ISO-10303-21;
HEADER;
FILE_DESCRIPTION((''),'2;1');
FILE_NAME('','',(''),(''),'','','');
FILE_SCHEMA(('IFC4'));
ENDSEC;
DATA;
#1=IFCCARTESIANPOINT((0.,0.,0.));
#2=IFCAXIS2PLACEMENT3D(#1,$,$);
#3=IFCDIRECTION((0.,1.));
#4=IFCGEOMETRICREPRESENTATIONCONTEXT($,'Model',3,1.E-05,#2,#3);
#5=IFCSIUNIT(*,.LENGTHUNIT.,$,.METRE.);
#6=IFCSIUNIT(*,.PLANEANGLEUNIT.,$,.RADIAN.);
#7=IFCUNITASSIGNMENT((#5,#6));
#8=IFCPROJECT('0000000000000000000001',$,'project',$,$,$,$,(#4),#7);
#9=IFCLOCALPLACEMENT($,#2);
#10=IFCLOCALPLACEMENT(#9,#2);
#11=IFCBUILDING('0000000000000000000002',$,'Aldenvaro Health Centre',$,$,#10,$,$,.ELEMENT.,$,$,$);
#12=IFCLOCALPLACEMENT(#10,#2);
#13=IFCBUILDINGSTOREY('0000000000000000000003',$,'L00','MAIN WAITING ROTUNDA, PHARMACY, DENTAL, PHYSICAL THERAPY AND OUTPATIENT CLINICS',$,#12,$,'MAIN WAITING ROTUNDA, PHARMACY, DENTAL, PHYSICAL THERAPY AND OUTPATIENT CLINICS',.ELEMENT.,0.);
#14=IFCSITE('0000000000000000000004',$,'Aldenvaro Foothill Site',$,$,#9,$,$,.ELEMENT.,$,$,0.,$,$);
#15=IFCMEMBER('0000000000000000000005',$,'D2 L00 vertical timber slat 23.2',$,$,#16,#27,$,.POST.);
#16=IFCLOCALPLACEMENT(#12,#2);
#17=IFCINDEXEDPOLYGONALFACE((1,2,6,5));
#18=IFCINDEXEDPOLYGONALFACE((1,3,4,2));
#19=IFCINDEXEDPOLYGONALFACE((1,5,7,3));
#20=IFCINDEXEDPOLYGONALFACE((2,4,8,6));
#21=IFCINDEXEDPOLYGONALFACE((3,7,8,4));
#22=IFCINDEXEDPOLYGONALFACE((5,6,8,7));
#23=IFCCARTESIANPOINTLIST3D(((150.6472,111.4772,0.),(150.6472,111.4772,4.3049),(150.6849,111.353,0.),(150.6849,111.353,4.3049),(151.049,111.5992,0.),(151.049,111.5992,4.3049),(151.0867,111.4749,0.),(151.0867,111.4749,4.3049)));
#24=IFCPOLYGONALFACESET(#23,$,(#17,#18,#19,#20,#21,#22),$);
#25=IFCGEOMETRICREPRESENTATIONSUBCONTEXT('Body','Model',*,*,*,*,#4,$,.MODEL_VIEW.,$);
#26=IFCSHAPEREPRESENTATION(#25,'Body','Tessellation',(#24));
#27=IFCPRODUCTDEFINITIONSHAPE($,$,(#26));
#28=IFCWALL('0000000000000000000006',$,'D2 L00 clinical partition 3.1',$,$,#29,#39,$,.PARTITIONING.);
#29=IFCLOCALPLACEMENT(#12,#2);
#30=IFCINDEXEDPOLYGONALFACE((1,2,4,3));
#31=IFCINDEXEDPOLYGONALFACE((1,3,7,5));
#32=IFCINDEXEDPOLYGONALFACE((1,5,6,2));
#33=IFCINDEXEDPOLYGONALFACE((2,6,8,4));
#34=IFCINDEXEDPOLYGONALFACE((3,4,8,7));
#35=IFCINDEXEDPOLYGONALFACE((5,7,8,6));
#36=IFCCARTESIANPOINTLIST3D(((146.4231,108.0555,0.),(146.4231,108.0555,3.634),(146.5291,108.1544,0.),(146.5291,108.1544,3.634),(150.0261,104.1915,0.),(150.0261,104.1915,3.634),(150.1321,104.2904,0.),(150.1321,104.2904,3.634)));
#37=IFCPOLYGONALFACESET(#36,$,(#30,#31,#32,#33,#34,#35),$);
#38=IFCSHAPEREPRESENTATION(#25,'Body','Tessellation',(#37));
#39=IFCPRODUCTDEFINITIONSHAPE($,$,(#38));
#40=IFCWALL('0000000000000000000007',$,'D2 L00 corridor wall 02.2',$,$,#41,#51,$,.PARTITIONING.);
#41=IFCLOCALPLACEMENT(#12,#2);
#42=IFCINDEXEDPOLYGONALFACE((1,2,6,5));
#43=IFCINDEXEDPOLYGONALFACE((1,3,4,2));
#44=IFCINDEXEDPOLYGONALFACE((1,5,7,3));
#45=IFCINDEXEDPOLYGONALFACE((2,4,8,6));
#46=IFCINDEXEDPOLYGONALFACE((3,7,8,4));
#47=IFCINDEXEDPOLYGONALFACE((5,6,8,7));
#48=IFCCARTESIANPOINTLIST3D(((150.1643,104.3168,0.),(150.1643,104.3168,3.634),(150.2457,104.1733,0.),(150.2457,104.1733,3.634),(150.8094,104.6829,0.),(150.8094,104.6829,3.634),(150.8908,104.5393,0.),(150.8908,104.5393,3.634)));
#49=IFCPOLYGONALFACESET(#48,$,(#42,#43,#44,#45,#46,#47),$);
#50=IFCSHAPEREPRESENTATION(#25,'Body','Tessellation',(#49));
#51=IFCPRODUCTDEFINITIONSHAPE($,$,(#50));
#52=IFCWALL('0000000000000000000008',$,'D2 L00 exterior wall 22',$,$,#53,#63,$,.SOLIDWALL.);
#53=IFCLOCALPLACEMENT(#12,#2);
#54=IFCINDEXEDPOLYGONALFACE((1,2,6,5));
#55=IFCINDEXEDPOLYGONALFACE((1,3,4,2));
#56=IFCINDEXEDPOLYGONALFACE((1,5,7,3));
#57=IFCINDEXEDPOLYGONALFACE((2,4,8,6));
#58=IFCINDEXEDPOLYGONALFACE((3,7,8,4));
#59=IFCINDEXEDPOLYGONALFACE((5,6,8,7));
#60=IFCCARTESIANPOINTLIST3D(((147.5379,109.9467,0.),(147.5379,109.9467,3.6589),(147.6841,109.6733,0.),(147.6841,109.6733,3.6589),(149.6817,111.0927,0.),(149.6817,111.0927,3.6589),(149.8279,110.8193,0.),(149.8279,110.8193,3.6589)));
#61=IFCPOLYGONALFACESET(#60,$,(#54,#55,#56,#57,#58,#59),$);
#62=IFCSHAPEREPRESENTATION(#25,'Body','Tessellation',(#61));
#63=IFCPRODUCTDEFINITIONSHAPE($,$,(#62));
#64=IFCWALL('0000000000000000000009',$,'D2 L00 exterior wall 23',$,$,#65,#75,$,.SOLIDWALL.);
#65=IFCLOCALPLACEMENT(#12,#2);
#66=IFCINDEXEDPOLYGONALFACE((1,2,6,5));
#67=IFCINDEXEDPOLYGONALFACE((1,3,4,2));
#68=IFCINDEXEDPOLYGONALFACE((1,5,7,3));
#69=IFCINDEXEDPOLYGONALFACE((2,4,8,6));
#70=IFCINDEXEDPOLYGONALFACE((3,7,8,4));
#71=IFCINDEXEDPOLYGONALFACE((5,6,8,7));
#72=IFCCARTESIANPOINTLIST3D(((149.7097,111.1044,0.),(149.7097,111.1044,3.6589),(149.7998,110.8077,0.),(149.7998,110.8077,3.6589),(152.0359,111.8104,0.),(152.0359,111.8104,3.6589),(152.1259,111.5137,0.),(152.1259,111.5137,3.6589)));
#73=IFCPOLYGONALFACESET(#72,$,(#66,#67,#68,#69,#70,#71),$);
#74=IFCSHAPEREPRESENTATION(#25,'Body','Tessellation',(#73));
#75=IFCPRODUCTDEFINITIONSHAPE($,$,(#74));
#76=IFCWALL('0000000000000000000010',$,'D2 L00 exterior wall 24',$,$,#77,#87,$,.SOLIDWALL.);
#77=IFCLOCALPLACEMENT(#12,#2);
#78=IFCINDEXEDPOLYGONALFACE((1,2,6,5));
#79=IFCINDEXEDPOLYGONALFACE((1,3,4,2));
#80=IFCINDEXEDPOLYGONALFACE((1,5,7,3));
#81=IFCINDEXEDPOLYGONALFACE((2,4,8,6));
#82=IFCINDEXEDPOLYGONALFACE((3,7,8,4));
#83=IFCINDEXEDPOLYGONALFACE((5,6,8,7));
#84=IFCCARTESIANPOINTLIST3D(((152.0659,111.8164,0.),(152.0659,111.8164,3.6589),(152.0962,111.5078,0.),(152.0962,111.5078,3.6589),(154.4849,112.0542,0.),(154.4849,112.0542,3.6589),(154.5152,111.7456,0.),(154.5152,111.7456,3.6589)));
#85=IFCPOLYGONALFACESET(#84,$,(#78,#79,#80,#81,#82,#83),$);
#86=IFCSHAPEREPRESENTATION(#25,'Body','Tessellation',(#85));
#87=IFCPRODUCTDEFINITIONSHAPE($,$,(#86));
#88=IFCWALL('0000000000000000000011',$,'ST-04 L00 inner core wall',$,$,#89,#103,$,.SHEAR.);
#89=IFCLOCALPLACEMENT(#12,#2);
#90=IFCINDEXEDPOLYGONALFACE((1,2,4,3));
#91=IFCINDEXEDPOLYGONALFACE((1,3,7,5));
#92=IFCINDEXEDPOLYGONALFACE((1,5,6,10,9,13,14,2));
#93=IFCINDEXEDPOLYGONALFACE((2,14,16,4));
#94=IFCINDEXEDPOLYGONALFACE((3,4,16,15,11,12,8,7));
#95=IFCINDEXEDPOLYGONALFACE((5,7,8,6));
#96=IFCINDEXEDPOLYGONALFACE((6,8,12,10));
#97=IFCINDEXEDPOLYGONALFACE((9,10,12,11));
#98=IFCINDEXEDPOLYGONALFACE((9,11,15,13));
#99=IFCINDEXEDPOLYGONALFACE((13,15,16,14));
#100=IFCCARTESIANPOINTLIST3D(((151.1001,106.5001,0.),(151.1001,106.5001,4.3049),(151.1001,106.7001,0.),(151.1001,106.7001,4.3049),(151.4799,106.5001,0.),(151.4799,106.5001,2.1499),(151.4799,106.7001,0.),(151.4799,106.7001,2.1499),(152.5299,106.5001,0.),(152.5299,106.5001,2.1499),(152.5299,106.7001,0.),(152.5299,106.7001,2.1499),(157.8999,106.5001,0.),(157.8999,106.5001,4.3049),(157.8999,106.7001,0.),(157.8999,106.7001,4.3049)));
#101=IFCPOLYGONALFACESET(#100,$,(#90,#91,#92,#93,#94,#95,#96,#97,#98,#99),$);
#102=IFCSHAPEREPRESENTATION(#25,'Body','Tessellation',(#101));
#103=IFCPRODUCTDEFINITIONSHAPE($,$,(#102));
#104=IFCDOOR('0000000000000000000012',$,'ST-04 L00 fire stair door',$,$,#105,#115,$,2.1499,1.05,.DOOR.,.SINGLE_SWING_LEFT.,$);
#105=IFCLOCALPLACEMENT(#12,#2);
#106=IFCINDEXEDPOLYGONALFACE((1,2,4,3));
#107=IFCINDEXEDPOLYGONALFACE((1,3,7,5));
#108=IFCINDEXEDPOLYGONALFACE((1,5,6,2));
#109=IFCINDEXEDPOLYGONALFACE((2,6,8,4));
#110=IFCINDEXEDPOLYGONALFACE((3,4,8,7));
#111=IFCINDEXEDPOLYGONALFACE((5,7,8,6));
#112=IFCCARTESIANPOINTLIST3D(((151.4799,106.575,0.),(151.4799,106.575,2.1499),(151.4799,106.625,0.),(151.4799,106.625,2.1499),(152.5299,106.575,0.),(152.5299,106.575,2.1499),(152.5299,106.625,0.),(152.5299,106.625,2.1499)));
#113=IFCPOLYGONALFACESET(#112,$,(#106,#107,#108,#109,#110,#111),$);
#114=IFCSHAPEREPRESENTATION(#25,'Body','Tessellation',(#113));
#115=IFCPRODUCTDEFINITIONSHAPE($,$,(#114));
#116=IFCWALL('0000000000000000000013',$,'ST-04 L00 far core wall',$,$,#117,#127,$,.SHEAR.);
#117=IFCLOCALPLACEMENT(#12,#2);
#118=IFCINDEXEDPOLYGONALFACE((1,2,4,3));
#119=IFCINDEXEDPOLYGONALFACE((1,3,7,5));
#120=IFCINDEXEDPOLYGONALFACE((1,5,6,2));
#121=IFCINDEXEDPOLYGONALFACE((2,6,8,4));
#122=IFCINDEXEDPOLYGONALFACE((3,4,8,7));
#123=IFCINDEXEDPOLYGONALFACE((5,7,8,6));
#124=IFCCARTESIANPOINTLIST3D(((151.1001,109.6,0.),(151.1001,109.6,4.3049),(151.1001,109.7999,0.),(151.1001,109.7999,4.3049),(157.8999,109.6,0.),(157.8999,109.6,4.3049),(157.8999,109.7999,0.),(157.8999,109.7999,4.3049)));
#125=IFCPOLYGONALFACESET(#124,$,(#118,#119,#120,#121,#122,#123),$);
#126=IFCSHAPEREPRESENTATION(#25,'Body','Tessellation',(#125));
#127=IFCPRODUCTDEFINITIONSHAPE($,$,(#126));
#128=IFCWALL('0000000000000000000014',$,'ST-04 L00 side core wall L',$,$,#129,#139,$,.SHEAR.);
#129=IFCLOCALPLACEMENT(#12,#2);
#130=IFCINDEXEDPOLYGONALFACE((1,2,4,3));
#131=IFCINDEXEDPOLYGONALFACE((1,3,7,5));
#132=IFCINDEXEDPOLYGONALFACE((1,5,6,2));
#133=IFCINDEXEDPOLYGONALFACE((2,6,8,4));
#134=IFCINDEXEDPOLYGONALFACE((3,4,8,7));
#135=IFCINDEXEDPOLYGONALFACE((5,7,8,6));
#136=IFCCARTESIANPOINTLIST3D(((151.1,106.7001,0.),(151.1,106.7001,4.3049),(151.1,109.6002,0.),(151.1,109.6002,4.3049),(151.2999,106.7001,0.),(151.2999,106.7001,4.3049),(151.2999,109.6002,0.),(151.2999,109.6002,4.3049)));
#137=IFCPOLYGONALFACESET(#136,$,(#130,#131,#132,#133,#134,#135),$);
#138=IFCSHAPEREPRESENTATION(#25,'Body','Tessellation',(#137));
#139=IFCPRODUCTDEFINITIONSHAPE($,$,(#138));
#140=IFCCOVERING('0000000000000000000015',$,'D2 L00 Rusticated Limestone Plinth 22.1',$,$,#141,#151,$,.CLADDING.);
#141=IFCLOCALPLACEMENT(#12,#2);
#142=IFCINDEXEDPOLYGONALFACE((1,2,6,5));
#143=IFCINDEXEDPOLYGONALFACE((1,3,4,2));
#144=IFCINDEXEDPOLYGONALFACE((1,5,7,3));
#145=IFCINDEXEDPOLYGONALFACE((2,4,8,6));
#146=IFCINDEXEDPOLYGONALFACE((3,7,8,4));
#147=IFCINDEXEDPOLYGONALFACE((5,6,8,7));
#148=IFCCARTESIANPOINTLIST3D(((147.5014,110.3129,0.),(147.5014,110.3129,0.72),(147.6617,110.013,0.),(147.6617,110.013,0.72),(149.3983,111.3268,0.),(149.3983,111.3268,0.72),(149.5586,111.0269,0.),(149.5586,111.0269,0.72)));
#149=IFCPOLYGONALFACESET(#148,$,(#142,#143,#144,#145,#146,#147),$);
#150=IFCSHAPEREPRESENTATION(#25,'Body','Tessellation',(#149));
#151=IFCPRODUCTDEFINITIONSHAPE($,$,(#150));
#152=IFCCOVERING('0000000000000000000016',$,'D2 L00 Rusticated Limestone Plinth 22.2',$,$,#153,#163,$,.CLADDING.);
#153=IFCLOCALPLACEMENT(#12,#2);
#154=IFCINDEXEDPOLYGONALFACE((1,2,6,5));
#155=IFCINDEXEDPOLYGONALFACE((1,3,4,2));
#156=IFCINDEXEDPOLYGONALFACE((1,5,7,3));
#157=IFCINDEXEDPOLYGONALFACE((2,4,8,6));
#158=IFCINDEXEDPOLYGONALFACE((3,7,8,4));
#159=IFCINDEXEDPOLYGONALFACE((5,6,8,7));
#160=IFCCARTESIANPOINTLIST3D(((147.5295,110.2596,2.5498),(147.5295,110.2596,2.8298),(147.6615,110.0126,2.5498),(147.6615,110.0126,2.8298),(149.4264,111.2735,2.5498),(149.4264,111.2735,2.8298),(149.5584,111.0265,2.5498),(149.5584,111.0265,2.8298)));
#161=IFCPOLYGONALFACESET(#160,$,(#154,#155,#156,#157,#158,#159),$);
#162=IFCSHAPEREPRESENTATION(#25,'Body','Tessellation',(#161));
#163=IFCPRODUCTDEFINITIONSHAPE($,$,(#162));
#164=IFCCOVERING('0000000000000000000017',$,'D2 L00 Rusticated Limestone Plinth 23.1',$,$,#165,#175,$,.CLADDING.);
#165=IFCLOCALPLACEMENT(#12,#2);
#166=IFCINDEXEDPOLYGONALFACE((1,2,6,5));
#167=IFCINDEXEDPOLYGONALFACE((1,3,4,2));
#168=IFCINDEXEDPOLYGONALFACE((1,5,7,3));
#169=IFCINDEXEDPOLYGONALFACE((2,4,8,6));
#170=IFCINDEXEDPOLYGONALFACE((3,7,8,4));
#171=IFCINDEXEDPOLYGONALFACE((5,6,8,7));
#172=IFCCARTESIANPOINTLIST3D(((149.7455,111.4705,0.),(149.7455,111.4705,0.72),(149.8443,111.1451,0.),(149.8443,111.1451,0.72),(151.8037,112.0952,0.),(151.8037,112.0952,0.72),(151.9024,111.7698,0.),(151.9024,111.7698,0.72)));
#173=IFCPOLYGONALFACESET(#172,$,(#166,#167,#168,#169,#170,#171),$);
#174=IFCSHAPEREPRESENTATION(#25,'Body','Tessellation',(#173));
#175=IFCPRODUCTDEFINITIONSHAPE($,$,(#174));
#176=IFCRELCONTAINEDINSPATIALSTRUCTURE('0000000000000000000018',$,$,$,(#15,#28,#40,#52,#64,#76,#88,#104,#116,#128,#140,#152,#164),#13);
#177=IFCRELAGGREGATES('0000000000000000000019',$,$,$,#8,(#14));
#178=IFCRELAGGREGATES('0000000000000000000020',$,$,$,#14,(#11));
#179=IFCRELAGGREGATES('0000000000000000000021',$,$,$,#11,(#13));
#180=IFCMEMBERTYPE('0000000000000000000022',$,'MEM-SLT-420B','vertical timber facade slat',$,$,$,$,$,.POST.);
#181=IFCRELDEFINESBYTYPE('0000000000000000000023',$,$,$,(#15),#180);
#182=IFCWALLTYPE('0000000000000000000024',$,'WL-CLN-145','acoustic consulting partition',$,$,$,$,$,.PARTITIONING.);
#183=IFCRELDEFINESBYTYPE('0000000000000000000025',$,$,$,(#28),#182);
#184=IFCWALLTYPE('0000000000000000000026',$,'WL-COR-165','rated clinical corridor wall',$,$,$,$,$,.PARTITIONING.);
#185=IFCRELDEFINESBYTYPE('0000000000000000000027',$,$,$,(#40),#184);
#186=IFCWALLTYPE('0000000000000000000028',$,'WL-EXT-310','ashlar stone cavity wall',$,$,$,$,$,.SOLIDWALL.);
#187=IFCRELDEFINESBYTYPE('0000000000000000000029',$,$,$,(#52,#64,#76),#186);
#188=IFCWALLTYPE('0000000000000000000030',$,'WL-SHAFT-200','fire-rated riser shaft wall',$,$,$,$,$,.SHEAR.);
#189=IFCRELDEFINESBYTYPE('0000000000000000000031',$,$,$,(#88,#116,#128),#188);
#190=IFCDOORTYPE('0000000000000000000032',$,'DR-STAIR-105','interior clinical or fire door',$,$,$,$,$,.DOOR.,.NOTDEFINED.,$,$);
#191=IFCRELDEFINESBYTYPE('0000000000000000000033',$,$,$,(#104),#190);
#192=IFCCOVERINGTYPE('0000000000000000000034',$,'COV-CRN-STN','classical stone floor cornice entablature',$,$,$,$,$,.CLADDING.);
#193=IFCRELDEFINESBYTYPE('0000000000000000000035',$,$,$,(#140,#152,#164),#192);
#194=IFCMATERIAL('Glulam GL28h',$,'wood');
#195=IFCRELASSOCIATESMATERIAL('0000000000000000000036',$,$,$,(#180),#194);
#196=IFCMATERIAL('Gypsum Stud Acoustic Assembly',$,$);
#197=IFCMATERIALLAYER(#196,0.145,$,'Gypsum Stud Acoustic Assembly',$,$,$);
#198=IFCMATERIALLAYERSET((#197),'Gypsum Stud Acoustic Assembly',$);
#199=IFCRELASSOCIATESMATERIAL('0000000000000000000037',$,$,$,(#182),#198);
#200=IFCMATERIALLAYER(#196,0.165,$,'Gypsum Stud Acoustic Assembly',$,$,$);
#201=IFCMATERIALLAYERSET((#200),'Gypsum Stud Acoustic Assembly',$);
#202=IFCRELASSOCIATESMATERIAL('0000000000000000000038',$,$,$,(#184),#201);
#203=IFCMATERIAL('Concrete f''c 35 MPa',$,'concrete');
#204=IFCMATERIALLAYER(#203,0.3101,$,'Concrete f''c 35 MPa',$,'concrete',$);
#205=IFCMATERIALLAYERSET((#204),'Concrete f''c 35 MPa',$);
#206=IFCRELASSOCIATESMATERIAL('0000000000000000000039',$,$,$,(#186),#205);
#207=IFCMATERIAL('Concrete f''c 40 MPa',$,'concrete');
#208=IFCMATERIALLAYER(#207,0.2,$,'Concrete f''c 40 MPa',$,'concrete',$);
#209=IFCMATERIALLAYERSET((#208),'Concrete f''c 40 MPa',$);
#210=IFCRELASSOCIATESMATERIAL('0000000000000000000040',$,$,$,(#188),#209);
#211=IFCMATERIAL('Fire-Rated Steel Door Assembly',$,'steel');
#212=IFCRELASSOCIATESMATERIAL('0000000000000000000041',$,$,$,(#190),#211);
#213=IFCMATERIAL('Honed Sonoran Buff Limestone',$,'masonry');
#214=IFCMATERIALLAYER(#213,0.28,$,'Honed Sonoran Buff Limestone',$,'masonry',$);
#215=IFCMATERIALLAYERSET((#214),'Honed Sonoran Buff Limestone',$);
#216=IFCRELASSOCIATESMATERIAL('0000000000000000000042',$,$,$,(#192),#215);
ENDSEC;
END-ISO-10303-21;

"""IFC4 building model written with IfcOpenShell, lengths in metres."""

from ifc_helpers import new_model, si_unit, direction, frame, frame_2d, origin, origin_2d, place, context, subcontext, project, spatial, rectangle, extrude, material, layer, layer_set, material_profile, profile_set, type_object, element, fill, save


model = new_model("IFC4")

# Units and contexts
model_context = context("Model", 3, precision=1e-05, world=origin(), true_north=direction((0.0, 1.0)))
body_context = subcontext(model_context, "Body", "Model", "MODEL_VIEW")
ifc_project = project(units=[si_unit("LENGTHUNIT", "METRE"), si_unit("PLANEANGLEUNIT", "RADIAN")], contexts=[model_context])

# Site, building, storey
site_placement = place(None, origin())
site = spatial("IfcSite", under=ifc_project, at=site_placement, Name="Aldenvaro Foothill Site", CompositionType="ELEMENT", RefElevation=0.0)
building_placement = place(site_placement, origin())
building = spatial("IfcBuilding", under=site, at=building_placement, Name="Aldenvaro Health Centre", CompositionType="ELEMENT")
storey_placement = place(building_placement, origin())
storey = spatial("IfcBuildingStorey", under=building, at=storey_placement, Name="L00", Description="MAIN WAITING ROTUNDA, PHARMACY, DENTAL, PHYSICAL THERAPY AND OUTPATIENT CLINICS", LongName="MAIN WAITING ROTUNDA, PHARMACY, DENTAL, PHYSICAL THERAPY AND OUTPATIENT CLINICS", CompositionType="ELEMENT", Elevation=0.0)

# Shared definitions
ifc_material_1 = material(Name="Glulam GL28h", Category="wood")
ifc_material_2 = material(Name="Concrete f'c 40 MPa", Category="concrete")

# Member
ifc_material_profile_1 = material_profile(ifc_material_1, rectangle(XDim=0.1299, YDim=0.4199, at=origin_2d()), Name="GL 130x420", Category="wood")
ifc_profile_set_1 = profile_set([ifc_material_profile_1], Name="Glulam GL28h")
member_type_1 = type_object("IfcMemberType", Name="MEM-SLT-420B", Description="vertical timber facade slat", PredefinedType="POST", material=ifc_profile_set_1)
for number, where, z_axis, x_axis, name in (
    (1, (150.8669, 111.4761, 0.0), (0.0, 0.0, 1.0), (-0.290441, 0.956893, 0.0), "D2 L00 vertical timber slat 23.2"),
):
    element("IfcMember", number, at=place(storey_placement, frame(where, z_axis=z_axis, x_axis=x_axis)), inside=storey, type_object=member_type_1, Name=name, PredefinedType="POST", context=body_context, shape_type="SweptSolid", body=[
        extrude(rectangle(XDim=0.1299, YDim=0.4199, at=origin_2d()), origin(), (0.0, 0.0, 1.0), 4.3049),
    ])

# Walls
ifc_material_3 = material(Name="Gypsum Stud Acoustic Assembly")
ifc_layer_1 = layer(ifc_material_3, 0.145, Name="Gypsum Stud Acoustic Assembly")
ifc_layer_set_1 = layer_set([ifc_layer_1], Name="Gypsum Stud Acoustic Assembly")
wall_type_1 = type_object("IfcWallType", Name="WL-CLN-145", Description="acoustic consulting partition", PredefinedType="PARTITIONING", material=ifc_layer_set_1)
wall_1_placement = place(storey_placement, frame((150.0791, 104.241, 0.0), z_axis=(0.0, 0.0, 1.0), x_axis=(-0.681976, 0.731375, 0.0)))
element("IfcWall", 2, at=wall_1_placement, inside=storey, type_object=wall_type_1, Name="D2 L00 clinical partition 3.1", PredefinedType="PARTITIONING", context=body_context, shape_type="SweptSolid", body=[
    extrude(rectangle(XDim=5.2832, YDim=0.145, at=frame_2d((2.6416, 0.0))), origin(), (0.0, 0.0, 1.0), 3.634),
])
ifc_layer_2 = layer(ifc_material_3, 0.165, Name="Gypsum Stud Acoustic Assembly")
ifc_layer_set_2 = layer_set([ifc_layer_2], Name="Gypsum Stud Acoustic Assembly")
wall_type_2 = type_object("IfcWallType", Name="WL-COR-165", Description="rated clinical corridor wall", PredefinedType="PARTITIONING", material=ifc_layer_set_2)
wall_2_placement = place(storey_placement, frame((150.8501, 104.6111, 0.0), z_axis=(0.0, 0.0, 1.0), x_axis=(-0.869758, -0.493478, 0.0)))
element("IfcWall", 3, at=wall_2_placement, inside=storey, type_object=wall_type_2, Name="D2 L00 corridor wall 02.2", PredefinedType="PARTITIONING", context=body_context, shape_type="SweptSolid", body=[
    extrude(rectangle(XDim=0.7417, YDim=0.165, at=frame_2d((0.3708, 0.0))), origin(), (0.0, 0.0, 1.0), 3.634),
])

# Walls
ifc_material_4 = material(Name="Concrete f'c 35 MPa", Category="concrete")
ifc_layer_3 = layer(ifc_material_4, 0.3101, Name="Concrete f'c 35 MPa", Category="concrete")
ifc_layer_set_3 = layer_set([ifc_layer_3], Name="Concrete f'c 35 MPa")
wall_type_3 = type_object("IfcWallType", Name="WL-EXT-310", Description="ashlar stone cavity wall", PredefinedType="SOLIDWALL", material=ifc_layer_set_3)
for number, where, z_axis, x_axis, name in (
    (4, (147.6111, 109.8101, 0.0), (0.0, 0.0, 1.0), (0.881902, 0.471432, 0.0), "D2 L00 exterior wall 22"),
    (5, (149.7549, 110.9561, 0.0), (0.0, 0.0, 1.0), (0.956893, 0.290442, 0.0), "D2 L00 exterior wall 23"),
):
    element("IfcWall", number, at=place(storey_placement, frame(where, z_axis=z_axis, x_axis=x_axis)), inside=storey, type_object=wall_type_3, Name=name, PredefinedType="SOLIDWALL", context=body_context, shape_type="SweptSolid", body=[
        extrude(rectangle(XDim=2.4309, YDim=0.3101, at=frame_2d((1.2153, 0.0))), origin(), (0.0, 0.0, 1.0), 3.6589),
    ])
wall_3_placement = place(storey_placement, frame((152.0811, 111.6621, 0.0), z_axis=(0.0, 0.0, 1.0), x_axis=(0.995203, 0.097833, 0.0)))
element("IfcWall", 6, at=wall_3_placement, inside=storey, type_object=wall_type_3, Name="D2 L00 exterior wall 24", PredefinedType="SOLIDWALL", context=body_context, shape_type="SweptSolid", body=[
    extrude(rectangle(XDim=2.4307, YDim=0.3101, at=frame_2d((1.2153, 0.0))), origin(), (0.0, 0.0, 1.0), 3.6589),
])

# Wall, opening, door
ifc_layer_4 = layer(ifc_material_2, 0.2, Name="Concrete f'c 40 MPa", Category="concrete")
ifc_layer_set_4 = layer_set([ifc_layer_4], Name="Concrete f'c 40 MPa")
wall_type_4 = type_object("IfcWallType", Name="WL-SHAFT-200", Description="fire-rated riser shaft wall", PredefinedType="SHEAR", material=ifc_layer_set_4)
wall_4_placement = place(storey_placement, frame((151.1001, 106.6001, 0.0), z_axis=(0.0, 0.0, 1.0), x_axis=(1.0, 0.0, 0.0)))
wall_4 = element("IfcWall", 7, at=wall_4_placement, inside=storey, type_object=wall_type_4, Name="ST-04 L00 inner core wall", PredefinedType="SHEAR", context=body_context, shape_type="SweptSolid", body=[
    extrude(rectangle(XDim=6.7998, YDim=0.2, at=frame_2d((3.3999, 0.0))), origin(), (0.0, 0.0, 1.0), 4.3049),
])
opening_1_placement = place(wall_4_placement, frame((0.3799, 0.0, 0.0)))
opening_1 = element("IfcOpeningElement", 8, at=opening_1_placement, cuts=wall_4, PredefinedType="OPENING", context=body_context, shape_type="SweptSolid", body=[
    extrude(rectangle(XDim=1.05, YDim=2.1499, at=frame_2d((0.5249, 1.075))), frame((0.0, 0.1099, 0.0), z_axis=(0.0, -1.0, 0.0), x_axis=(1.0, 0.0, 0.0)), (0.0, 0.0, 1.0), 0.22),
])
ifc_material_5 = material(Name="Fire-Rated Steel Door Assembly", Category="steel")
door_type_1 = type_object("IfcDoorType", Name="DR-STAIR-105", Description="interior clinical or fire door", OperationType="NOTDEFINED", PredefinedType="DOOR", material=ifc_material_5)
door_1_placement = place(opening_1_placement, origin())
door_1 = element("IfcDoor", 9, at=door_1_placement, inside=storey, type_object=door_type_1, Name="ST-04 L00 fire stair door", OperationType="SINGLE_SWING_LEFT", OverallHeight=2.1499, OverallWidth=1.05, PredefinedType="DOOR", context=body_context, shape_type="SweptSolid", body=[
    extrude(rectangle(XDim=1.05, YDim=2.1499, at=frame_2d((0.5249, 1.075))), frame((0.0, 0.0249, 0.0), z_axis=(0.0, -1.0, 0.0), x_axis=(1.0, 0.0, 0.0)), (0.0, 0.0, 1.0), 0.05),
])
fill(opening_1, door_1)

# Walls
wall_5_placement = place(storey_placement, frame((151.1001, 109.7, 0.0), z_axis=(0.0, 0.0, 1.0), x_axis=(1.0, 0.0, 0.0)))
element("IfcWall", 10, at=wall_5_placement, inside=storey, type_object=wall_type_4, Name="ST-04 L00 far core wall", PredefinedType="SHEAR", context=body_context, shape_type="SweptSolid", body=[
    extrude(rectangle(XDim=6.7998, YDim=0.2, at=frame_2d((3.3999, 0.0))), origin(), (0.0, 0.0, 1.0), 4.3049),
])
wall_6_placement = place(storey_placement, frame((151.2, 106.7, 0.0), z_axis=(0.0, 0.0, 1.0), x_axis=(0.0, 1.0, 0.0)))
element("IfcWall", 11, at=wall_6_placement, inside=storey, type_object=wall_type_4, Name="ST-04 L00 side core wall L", PredefinedType="SHEAR", context=body_context, shape_type="SweptSolid", body=[
    extrude(rectangle(XDim=2.9001, YDim=0.2, at=frame_2d((1.4502, 0.0))), origin(), (0.0, 0.0, 1.0), 4.3049),
])

# Coverings
ifc_material_6 = material(Name="Honed Sonoran Buff Limestone", Category="masonry")
ifc_layer_5 = layer(ifc_material_6, 0.28, Name="Honed Sonoran Buff Limestone", Category="masonry")
ifc_layer_set_5 = layer_set([ifc_layer_5], Name="Honed Sonoran Buff Limestone")
covering_type = type_object("IfcCoveringType", Name="COV-CRN-STN", Description="classical stone floor cornice entablature", PredefinedType="CLADDING", material=ifc_layer_set_5)
covering_1_placement = place(storey_placement, frame((148.53, 110.6699, 0.0), z_axis=(0.0, 0.0, 1.0), x_axis=(0.88192, 0.471399, 0.0)))
element("IfcCovering", 12, at=covering_1_placement, inside=storey, type_object=covering_type, Name="D2 L00 Rusticated Limestone Plinth 22.1", PredefinedType="CLADDING", context=body_context, shape_type="SweptSolid", body=[
    extrude(rectangle(XDim=2.1509, YDim=0.3401, at=origin_2d()), origin(), (0.0, 0.0, 1.0), 0.72),
])
covering_2_placement = place(storey_placement, frame((148.5439, 110.6431, 2.5498), z_axis=(0.0, 0.0, 1.0), x_axis=(0.88192, 0.471399, 0.0)))
element("IfcCovering", 13, at=covering_2_placement, inside=storey, type_object=covering_type, Name="D2 L00 Rusticated Limestone Plinth 22.2", PredefinedType="CLADDING", context=body_context, shape_type="SweptSolid", body=[
    extrude(rectangle(XDim=2.1509, YDim=0.28, at=origin_2d()), origin(), (0.0, 0.0, 1.0), 0.28),
])
covering_3_placement = place(storey_placement, frame((150.824, 111.6201, 0.0), z_axis=(0.0, 0.0, 1.0), x_axis=(0.956893, 0.290441, 0.0)))
element("IfcCovering", 14, at=covering_3_placement, inside=storey, type_object=covering_type, Name="D2 L00 Rusticated Limestone Plinth 23.1", PredefinedType="CLADDING", context=body_context, shape_type="SweptSolid", body=[
    extrude(rectangle(XDim=2.1509, YDim=0.3401, at=origin_2d()), origin(), (0.0, 0.0, 1.0), 0.72),
])

save(model, "model.ifc")
